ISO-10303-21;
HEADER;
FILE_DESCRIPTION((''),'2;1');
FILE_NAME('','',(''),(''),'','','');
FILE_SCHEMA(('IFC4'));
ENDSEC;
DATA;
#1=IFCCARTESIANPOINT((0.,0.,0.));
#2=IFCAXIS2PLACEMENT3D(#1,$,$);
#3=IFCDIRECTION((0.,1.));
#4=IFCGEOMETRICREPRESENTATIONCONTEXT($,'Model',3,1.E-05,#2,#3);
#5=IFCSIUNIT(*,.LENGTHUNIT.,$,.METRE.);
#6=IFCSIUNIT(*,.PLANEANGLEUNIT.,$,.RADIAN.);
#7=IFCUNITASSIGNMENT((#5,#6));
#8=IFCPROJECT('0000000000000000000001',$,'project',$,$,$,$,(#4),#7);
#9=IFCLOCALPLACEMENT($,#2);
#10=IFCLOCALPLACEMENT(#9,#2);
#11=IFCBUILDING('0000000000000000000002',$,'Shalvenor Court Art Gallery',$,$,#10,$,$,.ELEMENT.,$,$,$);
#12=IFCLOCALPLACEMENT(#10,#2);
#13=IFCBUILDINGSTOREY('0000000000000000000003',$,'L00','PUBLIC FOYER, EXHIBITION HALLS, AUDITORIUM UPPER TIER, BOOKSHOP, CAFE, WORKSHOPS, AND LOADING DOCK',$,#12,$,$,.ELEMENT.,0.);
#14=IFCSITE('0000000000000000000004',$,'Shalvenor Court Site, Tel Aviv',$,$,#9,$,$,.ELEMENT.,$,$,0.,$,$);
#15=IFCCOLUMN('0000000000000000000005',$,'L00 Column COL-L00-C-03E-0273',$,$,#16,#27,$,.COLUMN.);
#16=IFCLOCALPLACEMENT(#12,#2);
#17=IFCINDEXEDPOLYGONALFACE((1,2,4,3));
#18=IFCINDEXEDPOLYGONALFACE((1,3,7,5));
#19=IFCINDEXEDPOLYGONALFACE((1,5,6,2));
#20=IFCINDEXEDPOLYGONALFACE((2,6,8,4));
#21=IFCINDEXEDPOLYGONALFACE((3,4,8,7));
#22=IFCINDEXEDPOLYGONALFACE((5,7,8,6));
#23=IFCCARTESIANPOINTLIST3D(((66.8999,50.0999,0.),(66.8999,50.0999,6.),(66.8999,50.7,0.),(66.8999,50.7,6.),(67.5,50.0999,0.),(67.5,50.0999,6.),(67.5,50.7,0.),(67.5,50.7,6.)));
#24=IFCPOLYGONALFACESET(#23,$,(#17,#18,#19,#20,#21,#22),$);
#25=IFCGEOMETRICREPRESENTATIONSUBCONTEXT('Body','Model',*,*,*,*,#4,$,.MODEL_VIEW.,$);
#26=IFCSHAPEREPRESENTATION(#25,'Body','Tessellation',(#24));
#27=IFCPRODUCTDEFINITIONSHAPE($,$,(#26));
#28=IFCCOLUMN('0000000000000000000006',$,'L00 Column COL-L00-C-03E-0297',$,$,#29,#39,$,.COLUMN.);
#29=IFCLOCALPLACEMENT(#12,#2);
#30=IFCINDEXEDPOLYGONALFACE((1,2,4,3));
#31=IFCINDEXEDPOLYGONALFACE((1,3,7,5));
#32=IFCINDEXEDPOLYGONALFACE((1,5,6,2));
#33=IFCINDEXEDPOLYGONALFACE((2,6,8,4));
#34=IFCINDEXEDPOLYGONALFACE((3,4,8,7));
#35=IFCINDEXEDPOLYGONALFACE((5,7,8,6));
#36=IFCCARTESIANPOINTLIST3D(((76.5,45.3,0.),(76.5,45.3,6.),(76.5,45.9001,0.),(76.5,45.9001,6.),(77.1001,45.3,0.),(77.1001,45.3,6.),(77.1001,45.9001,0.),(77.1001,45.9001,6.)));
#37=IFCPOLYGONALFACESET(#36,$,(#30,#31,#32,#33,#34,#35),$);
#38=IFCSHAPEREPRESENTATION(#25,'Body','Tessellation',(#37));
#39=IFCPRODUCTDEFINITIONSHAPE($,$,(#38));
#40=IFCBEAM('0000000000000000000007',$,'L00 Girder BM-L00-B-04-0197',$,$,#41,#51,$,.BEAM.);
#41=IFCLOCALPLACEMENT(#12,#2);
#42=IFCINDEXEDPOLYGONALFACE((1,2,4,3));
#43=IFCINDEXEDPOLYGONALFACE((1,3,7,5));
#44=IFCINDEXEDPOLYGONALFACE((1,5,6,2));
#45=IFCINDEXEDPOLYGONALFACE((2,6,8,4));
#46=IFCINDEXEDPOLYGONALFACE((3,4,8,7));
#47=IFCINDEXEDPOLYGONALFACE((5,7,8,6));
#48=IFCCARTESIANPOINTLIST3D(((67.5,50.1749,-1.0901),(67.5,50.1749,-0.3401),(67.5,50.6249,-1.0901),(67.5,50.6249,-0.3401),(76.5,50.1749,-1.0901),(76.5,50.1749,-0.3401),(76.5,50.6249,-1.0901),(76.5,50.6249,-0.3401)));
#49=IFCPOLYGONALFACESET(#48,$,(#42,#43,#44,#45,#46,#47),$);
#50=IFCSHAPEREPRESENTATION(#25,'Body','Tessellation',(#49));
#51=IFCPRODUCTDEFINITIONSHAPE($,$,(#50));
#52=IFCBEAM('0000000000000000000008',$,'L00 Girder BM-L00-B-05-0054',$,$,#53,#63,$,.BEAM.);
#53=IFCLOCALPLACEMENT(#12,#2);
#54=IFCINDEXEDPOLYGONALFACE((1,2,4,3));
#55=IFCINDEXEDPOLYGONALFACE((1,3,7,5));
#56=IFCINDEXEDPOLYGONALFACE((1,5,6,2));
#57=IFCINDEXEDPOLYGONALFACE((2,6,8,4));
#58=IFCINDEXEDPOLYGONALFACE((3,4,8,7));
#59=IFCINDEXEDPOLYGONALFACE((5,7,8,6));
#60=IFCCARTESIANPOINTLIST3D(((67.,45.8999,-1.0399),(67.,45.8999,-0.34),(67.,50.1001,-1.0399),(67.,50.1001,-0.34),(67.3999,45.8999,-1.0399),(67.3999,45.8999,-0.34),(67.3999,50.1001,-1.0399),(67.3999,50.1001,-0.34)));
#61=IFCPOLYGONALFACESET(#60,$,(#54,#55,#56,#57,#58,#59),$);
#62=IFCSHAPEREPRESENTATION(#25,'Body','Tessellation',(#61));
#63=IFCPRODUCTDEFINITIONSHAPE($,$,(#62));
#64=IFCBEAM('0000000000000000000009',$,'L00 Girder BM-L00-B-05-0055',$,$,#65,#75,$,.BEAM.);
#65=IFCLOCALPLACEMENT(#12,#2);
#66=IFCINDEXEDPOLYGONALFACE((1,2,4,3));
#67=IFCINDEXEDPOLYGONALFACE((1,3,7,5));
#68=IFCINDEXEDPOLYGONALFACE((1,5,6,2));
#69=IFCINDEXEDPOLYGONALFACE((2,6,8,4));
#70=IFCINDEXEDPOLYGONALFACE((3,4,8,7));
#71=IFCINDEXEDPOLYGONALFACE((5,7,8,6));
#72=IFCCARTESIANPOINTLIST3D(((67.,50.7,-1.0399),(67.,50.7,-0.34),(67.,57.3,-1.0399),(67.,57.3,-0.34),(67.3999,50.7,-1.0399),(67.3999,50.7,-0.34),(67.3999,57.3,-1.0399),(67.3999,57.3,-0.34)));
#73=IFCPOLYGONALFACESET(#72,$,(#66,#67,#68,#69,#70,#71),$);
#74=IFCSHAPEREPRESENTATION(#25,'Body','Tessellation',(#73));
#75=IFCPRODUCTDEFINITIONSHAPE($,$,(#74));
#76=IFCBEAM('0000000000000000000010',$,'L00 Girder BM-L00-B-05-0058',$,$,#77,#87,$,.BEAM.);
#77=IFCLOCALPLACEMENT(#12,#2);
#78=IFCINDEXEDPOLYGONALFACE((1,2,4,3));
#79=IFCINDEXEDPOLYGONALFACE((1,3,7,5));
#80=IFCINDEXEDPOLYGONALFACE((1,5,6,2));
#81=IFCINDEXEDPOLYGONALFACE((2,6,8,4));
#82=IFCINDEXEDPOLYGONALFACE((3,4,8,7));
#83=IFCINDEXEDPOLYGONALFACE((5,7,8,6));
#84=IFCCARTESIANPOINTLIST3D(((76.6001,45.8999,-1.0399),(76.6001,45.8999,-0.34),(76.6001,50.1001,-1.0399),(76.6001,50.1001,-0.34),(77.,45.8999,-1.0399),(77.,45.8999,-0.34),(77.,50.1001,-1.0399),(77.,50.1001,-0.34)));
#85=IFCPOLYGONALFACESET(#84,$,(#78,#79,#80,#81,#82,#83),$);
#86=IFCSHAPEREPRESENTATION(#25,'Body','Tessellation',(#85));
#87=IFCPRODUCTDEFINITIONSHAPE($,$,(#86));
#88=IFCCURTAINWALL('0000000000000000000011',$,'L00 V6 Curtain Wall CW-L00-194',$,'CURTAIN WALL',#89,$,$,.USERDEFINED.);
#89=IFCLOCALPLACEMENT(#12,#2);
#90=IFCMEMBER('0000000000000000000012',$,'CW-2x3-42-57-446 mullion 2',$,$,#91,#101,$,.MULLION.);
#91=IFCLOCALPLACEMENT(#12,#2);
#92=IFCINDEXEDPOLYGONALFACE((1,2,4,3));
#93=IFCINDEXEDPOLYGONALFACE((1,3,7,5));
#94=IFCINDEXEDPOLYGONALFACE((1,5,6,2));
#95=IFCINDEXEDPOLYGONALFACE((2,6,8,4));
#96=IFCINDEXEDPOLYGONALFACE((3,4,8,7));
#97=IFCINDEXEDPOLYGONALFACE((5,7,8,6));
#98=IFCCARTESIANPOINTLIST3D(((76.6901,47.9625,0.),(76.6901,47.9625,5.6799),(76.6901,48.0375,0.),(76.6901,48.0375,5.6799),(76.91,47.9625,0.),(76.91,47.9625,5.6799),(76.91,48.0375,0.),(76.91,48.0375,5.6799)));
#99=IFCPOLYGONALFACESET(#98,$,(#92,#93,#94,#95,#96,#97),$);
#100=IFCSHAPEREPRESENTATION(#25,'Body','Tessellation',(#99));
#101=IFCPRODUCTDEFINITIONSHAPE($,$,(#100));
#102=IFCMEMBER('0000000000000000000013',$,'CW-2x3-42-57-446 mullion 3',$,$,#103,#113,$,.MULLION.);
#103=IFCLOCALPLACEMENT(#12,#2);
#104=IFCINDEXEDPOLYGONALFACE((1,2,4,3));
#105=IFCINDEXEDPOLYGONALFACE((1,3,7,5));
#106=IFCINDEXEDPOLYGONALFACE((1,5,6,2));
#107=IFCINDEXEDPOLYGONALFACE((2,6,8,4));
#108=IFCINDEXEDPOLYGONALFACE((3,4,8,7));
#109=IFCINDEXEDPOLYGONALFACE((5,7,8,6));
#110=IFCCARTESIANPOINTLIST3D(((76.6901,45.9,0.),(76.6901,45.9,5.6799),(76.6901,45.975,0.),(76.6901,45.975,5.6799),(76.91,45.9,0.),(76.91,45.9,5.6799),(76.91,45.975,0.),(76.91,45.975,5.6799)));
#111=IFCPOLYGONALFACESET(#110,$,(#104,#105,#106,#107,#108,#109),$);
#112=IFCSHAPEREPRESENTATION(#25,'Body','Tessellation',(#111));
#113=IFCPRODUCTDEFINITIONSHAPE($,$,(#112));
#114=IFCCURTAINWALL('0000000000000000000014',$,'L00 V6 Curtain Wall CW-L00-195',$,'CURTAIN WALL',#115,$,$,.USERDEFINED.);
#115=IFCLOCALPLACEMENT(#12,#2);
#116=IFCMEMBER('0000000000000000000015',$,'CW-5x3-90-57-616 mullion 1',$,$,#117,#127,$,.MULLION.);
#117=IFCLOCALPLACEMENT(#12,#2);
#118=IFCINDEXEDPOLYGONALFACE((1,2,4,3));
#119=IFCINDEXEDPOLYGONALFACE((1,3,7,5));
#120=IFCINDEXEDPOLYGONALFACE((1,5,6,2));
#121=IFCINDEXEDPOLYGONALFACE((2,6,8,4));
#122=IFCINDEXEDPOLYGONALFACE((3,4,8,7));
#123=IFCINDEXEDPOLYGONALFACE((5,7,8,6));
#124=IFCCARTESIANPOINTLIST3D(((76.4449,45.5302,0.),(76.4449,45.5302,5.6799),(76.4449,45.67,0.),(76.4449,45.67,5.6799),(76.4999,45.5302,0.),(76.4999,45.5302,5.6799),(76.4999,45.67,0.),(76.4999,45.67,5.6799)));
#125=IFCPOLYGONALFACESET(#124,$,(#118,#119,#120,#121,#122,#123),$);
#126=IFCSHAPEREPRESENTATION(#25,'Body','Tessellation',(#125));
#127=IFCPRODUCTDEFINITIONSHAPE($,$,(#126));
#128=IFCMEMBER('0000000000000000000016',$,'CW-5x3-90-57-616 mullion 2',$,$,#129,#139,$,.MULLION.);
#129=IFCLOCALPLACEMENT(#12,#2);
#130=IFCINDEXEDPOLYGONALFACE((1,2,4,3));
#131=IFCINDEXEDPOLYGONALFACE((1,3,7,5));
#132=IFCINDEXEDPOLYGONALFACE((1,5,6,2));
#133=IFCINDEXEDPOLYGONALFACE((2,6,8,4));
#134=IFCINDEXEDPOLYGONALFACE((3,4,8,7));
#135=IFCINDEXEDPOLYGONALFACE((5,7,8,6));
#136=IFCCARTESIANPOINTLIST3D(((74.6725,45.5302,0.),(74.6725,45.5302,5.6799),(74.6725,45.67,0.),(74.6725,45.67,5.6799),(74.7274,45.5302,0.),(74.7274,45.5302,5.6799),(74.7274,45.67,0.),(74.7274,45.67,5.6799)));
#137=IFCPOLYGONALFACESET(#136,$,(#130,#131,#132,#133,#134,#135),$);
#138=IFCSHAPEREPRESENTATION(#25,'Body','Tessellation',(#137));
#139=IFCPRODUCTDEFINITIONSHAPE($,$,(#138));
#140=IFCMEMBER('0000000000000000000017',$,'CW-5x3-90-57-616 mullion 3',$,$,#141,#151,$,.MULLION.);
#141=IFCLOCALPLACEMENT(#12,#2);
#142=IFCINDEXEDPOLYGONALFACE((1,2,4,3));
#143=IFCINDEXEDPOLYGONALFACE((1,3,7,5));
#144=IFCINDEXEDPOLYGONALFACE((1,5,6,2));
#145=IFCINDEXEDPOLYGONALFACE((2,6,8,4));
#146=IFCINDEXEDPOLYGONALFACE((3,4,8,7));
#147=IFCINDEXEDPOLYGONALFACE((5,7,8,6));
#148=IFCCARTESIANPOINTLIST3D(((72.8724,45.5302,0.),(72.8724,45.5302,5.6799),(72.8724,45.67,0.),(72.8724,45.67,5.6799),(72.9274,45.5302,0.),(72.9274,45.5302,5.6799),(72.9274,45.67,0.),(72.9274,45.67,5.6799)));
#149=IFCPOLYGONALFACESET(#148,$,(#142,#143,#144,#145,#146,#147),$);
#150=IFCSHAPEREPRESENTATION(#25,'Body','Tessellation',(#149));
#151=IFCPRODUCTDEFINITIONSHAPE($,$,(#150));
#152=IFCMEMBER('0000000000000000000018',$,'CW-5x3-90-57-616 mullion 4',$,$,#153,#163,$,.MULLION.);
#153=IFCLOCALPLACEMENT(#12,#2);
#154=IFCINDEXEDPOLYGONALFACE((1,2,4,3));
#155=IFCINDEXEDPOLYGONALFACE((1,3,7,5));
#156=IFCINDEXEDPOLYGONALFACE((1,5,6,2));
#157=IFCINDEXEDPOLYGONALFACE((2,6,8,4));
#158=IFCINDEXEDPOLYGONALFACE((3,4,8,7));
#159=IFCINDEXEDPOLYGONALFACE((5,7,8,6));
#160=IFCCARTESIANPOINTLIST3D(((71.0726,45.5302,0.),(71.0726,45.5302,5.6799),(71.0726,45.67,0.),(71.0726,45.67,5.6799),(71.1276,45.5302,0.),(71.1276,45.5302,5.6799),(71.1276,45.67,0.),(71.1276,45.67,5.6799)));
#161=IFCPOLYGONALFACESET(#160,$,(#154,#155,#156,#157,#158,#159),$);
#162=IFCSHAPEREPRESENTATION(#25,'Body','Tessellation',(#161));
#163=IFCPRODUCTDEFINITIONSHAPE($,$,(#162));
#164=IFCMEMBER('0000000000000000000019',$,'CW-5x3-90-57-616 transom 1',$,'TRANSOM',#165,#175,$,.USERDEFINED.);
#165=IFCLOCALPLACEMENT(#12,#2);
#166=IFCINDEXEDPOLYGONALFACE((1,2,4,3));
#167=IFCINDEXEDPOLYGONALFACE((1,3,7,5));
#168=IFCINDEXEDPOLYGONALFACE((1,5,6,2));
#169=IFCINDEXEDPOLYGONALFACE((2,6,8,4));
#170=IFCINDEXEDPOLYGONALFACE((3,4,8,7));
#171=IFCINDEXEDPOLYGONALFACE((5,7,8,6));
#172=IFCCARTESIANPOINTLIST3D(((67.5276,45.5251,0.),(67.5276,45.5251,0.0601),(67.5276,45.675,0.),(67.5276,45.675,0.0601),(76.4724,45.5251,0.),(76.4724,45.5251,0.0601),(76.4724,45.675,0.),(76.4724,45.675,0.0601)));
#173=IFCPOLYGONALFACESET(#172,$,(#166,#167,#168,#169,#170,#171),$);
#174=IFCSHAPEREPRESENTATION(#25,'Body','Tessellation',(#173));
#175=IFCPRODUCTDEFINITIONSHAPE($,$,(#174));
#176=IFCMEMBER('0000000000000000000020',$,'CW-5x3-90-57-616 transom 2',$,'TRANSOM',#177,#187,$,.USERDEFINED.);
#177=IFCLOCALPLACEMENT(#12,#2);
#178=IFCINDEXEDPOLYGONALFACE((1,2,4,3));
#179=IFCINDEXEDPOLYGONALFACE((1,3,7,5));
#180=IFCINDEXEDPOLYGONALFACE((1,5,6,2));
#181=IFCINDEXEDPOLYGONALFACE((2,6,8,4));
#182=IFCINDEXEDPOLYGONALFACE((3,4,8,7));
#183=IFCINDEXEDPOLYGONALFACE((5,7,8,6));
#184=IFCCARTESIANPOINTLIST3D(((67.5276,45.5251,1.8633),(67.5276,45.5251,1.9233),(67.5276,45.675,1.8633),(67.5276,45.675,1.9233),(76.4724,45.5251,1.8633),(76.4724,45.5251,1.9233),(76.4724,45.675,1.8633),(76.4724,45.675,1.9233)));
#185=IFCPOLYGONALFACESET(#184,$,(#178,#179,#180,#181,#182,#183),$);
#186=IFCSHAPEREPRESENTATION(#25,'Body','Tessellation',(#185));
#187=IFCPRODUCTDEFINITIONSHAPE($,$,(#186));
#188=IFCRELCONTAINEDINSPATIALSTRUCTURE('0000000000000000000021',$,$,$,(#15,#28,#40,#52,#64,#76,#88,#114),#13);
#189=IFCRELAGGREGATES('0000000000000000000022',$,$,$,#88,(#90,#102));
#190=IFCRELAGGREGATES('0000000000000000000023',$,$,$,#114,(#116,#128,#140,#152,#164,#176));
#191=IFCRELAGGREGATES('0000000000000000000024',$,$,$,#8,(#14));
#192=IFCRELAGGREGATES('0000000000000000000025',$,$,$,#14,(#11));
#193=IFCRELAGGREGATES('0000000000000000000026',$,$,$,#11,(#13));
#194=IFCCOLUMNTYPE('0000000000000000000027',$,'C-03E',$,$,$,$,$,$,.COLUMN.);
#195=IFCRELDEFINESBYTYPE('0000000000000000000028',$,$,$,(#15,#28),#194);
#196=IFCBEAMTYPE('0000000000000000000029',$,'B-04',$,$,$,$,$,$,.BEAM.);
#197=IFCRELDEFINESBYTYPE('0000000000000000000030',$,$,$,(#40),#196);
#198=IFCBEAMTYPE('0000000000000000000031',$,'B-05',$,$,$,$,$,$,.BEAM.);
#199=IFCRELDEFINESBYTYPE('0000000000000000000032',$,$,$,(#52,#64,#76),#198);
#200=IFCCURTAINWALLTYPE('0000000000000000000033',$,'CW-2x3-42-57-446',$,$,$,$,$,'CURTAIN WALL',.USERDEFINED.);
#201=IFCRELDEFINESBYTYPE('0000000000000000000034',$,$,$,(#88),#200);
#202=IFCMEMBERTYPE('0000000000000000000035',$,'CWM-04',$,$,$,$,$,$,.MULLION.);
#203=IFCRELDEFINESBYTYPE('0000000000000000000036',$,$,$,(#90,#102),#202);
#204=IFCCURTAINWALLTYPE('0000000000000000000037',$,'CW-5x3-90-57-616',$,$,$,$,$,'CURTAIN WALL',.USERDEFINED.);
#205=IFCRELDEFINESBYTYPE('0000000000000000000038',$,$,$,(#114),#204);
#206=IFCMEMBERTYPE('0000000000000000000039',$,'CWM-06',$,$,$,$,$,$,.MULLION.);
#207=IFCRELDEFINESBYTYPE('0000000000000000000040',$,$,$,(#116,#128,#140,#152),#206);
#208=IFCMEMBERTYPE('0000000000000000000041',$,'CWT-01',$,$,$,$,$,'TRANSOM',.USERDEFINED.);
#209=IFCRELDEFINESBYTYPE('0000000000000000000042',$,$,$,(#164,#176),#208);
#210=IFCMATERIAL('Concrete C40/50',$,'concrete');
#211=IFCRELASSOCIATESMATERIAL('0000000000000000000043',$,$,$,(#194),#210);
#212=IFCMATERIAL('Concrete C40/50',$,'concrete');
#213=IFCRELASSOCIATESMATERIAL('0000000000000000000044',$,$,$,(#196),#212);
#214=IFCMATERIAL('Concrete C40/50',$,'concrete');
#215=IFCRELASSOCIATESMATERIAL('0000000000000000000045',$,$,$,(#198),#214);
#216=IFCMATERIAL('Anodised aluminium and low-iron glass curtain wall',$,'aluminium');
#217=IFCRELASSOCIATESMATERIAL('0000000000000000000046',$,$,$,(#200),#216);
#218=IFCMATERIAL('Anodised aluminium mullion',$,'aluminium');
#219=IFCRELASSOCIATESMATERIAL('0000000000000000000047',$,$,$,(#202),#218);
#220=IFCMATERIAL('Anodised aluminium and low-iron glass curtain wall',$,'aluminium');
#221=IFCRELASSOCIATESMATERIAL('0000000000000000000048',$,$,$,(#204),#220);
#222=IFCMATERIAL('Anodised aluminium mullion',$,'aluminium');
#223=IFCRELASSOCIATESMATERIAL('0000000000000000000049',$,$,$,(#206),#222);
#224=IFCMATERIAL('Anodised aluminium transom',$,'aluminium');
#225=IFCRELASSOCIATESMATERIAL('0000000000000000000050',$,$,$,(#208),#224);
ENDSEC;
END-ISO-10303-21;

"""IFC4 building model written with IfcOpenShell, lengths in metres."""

from ifc_helpers import new_model, si_unit, direction, frame, origin, origin_2d, place, context, subcontext, project, spatial, rectangle, extrude, material, material_profile, profile_set, type_object, element, aggregate, save


model = new_model("IFC4")

# Units and contexts
model_context = context("Model", 3, precision=1e-05, world=origin(), true_north=direction((0.0, 1.0)))
body_context = subcontext(model_context, "Body", "Model", "MODEL_VIEW")
ifc_project = project(units=[si_unit("LENGTHUNIT", "METRE"), si_unit("PLANEANGLEUNIT", "RADIAN")], contexts=[model_context])

# Site, building, storey
site_placement = place(None, origin())
site = spatial("IfcSite", under=ifc_project, at=site_placement, Name="Shalvenor Court Site, Tel Aviv", CompositionType="ELEMENT", RefElevation=0.0)
building_placement = place(site_placement, origin())
building = spatial("IfcBuilding", under=site, at=building_placement, Name="Shalvenor Court Art Gallery", CompositionType="ELEMENT")
storey_placement = place(building_placement, origin())
storey = spatial("IfcBuildingStorey", under=building, at=storey_placement, Name="L00", Description="PUBLIC FOYER, EXHIBITION HALLS, AUDITORIUM UPPER TIER, BOOKSHOP, CAFE, WORKSHOPS, AND LOADING DOCK", CompositionType="ELEMENT", Elevation=0.0)

# Columns
ifc_material_1 = material(Name="Concrete C40/50", Category="concrete")
ifc_material_profile_1 = material_profile(ifc_material_1, rectangle(XDim=0.6001, YDim=0.6001, at=origin_2d()), Name="RC 600x600")
ifc_profile_set_1 = profile_set([ifc_material_profile_1], Name="Concrete C40/50")
column_type = type_object("IfcColumnType", Name="C-03E", PredefinedType="COLUMN", material=ifc_profile_set_1)
for number, where, z_axis, x_axis, name in (
    (1, (67.2, 50.3999, 0.0), (0.0, 0.0, 1.0), (1.0, 0.0, 0.0), "L00 Column COL-L00-C-03E-0273"),
    (2, (76.8, 45.6001, 0.0), (0.0, 0.0, 1.0), (1.0, 0.0, 0.0), "L00 Column COL-L00-C-03E-0297"),
):
    element("IfcColumn", number, at=place(storey_placement, frame(where, z_axis=z_axis, x_axis=x_axis)), inside=storey, type_object=column_type, Name=name, PredefinedType="COLUMN", context=body_context, shape_type="SweptSolid", body=[
        extrude(rectangle(XDim=0.6001, YDim=0.6001, at=origin_2d()), origin(), (0.0, 0.0, 1.0), 6.0),
    ])

# Beams
ifc_material_2 = material(Name="Concrete C40/50", Category="concrete")
ifc_material_profile_2 = material_profile(ifc_material_2, rectangle(XDim=0.45, YDim=0.75, at=origin_2d()), Name="RC 450x750")
ifc_profile_set_2 = profile_set([ifc_material_profile_2], Name="Concrete C40/50")
beam_type_1 = type_object("IfcBeamType", Name="B-04", PredefinedType="BEAM", material=ifc_profile_set_2)
beam_1_placement = place(storey_placement, frame((67.5, 50.3999, -0.7151), z_axis=(1.0, 0.0, 0.0), x_axis=(0.0, 1.0, 0.0)))
element("IfcBeam", 3, at=beam_1_placement, inside=storey, type_object=beam_type_1, Name="L00 Girder BM-L00-B-04-0197", PredefinedType="BEAM", context=body_context, shape_type="SweptSolid", body=[
    extrude(rectangle(XDim=0.45, YDim=0.75, at=origin_2d()), origin(), (0.0, 0.0, 1.0), 9.0),
])
ifc_material_3 = material(Name="Concrete C40/50", Category="concrete")
ifc_material_profile_3 = material_profile(ifc_material_3, rectangle(XDim=0.3999, YDim=0.7, at=origin_2d()), Name="RC 400x700")
ifc_profile_set_3 = profile_set([ifc_material_profile_3], Name="Concrete C40/50")
beam_type_2 = type_object("IfcBeamType", Name="B-05", PredefinedType="BEAM", material=ifc_profile_set_3)
beam_2_placement = place(storey_placement, frame((67.2, 45.8999, -0.6899), z_axis=(0.0, 1.0, 0.0), x_axis=(-1.0, 0.0, 0.0)))
element("IfcBeam", 4, at=beam_2_placement, inside=storey, type_object=beam_type_2, Name="L00 Girder BM-L00-B-05-0054", PredefinedType="BEAM", context=body_context, shape_type="SweptSolid", body=[
    extrude(rectangle(XDim=0.3999, YDim=0.7, at=origin_2d()), origin(), (0.0, 0.0, 1.0), 4.2002),
])
beam_3_placement = place(storey_placement, frame((67.2, 50.7, -0.6899), z_axis=(0.0, 1.0, 0.0), x_axis=(-1.0, 0.0, 0.0)))
element("IfcBeam", 5, at=beam_3_placement, inside=storey, type_object=beam_type_2, Name="L00 Girder BM-L00-B-05-0055", PredefinedType="BEAM", context=body_context, shape_type="SweptSolid", body=[
    extrude(rectangle(XDim=0.3999, YDim=0.7, at=origin_2d()), origin(), (0.0, 0.0, 1.0), 6.6001),
])
beam_4_placement = place(storey_placement, frame((76.8, 45.8999, -0.6899), z_axis=(0.0, 1.0, 0.0), x_axis=(-1.0, 0.0, 0.0)))
element("IfcBeam", 6, at=beam_4_placement, inside=storey, type_object=beam_type_2, Name="L00 Girder BM-L00-B-05-0058", PredefinedType="BEAM", context=body_context, shape_type="SweptSolid", body=[
    extrude(rectangle(XDim=0.3999, YDim=0.7, at=origin_2d()), origin(), (0.0, 0.0, 1.0), 4.2002),
])

# Curtain walls, members
ifc_material_4 = material(Name="Anodised aluminium and low-iron glass curtain wall", Category="aluminium")
curtain_wall_type_1 = type_object("IfcCurtainWallType", Name="CW-2x3-42-57-446", ElementType="CURTAIN WALL", PredefinedType="USERDEFINED", material=ifc_material_4)
curtain_wall_1_placement = place(storey_placement, origin())
curtain_wall_1 = element("IfcCurtainWall", 7, at=curtain_wall_1_placement, inside=storey, type_object=curtain_wall_type_1, Name="L00 V6 Curtain Wall CW-L00-194", ObjectType="CURTAIN WALL", PredefinedType="USERDEFINED")
ifc_material_5 = material(Name="Anodised aluminium mullion", Category="aluminium")
ifc_material_profile_4 = material_profile(ifc_material_5, rectangle(XDim=0.075, YDim=0.22, at=origin_2d()), Name="CWM-04")
ifc_profile_set_4 = profile_set([ifc_material_profile_4], Name="Anodised aluminium mullion")
member_type_1 = type_object("IfcMemberType", Name="CWM-04", PredefinedType="MULLION", material=ifc_profile_set_4)
member_1_placement = place(storey_placement, frame((76.8, 48.0, 0.0), z_axis=(0.0, 0.0, 1.0), x_axis=(0.0, -1.0, 0.0)))
member_1 = element("IfcMember", 8, at=member_1_placement, type_object=member_type_1, Name="CW-2x3-42-57-446 mullion 2", PredefinedType="MULLION", context=body_context, shape_type="SweptSolid", body=[
    extrude(rectangle(XDim=0.075, YDim=0.22, at=origin_2d()), origin(), (0.0, 0.0, 1.0), 5.6799),
])
member_2_placement = place(storey_placement, frame((76.8, 45.9375, 0.0), z_axis=(0.0, 0.0, 1.0), x_axis=(0.0, -1.0, 0.0)))
member_2 = element("IfcMember", 9, at=member_2_placement, type_object=member_type_1, Name="CW-2x3-42-57-446 mullion 3", PredefinedType="MULLION", context=body_context, shape_type="SweptSolid", body=[
    extrude(rectangle(XDim=0.075, YDim=0.22, at=origin_2d()), origin(), (0.0, 0.0, 1.0), 5.6799),
])
ifc_material_6 = material(Name="Anodised aluminium and low-iron glass curtain wall", Category="aluminium")
curtain_wall_type_2 = type_object("IfcCurtainWallType", Name="CW-5x3-90-57-616", ElementType="CURTAIN WALL", PredefinedType="USERDEFINED", material=ifc_material_6)
curtain_wall_2_placement = place(storey_placement, origin())
curtain_wall_2 = element("IfcCurtainWall", 10, at=curtain_wall_2_placement, inside=storey, type_object=curtain_wall_type_2, Name="L00 V6 Curtain Wall CW-L00-195", ObjectType="CURTAIN WALL", PredefinedType="USERDEFINED")
ifc_material_7 = material(Name="Anodised aluminium mullion", Category="aluminium")
ifc_material_profile_5 = material_profile(ifc_material_7, rectangle(XDim=0.0549, YDim=0.1399, at=origin_2d()), Name="CWM-06")
ifc_profile_set_5 = profile_set([ifc_material_profile_5], Name="Anodised aluminium mullion")
member_type_2 = type_object("IfcMemberType", Name="CWM-06", PredefinedType="MULLION", material=ifc_profile_set_5)
member_3_placement = place(storey_placement, frame((76.4724, 45.6001, 0.0), z_axis=(0.0, 0.0, 1.0), x_axis=(-1.0, 0.0, 0.0)))
member_3 = element("IfcMember", 11, at=member_3_placement, type_object=member_type_2, Name="CW-5x3-90-57-616 mullion 1", PredefinedType="MULLION", context=body_context, shape_type="SweptSolid", body=[
    extrude(rectangle(XDim=0.0549, YDim=0.1399, at=origin_2d()), origin(), (0.0, 0.0, 1.0), 5.6799),
])
member_4_placement = place(storey_placement, frame((74.7, 45.6001, 0.0), z_axis=(0.0, 0.0, 1.0), x_axis=(-1.0, 0.0, 0.0)))
member_4 = element("IfcMember", 12, at=member_4_placement, type_object=member_type_2, Name="CW-5x3-90-57-616 mullion 2", PredefinedType="MULLION", context=body_context, shape_type="SweptSolid", body=[
    extrude(rectangle(XDim=0.0549, YDim=0.1399, at=origin_2d()), origin(), (0.0, 0.0, 1.0), 5.6799),
])
member_5_placement = place(storey_placement, frame((72.8999, 45.6001, 0.0), z_axis=(0.0, 0.0, 1.0), x_axis=(-1.0, 0.0, 0.0)))
member_5 = element("IfcMember", 13, at=member_5_placement, type_object=member_type_2, Name="CW-5x3-90-57-616 mullion 3", PredefinedType="MULLION", context=body_context, shape_type="SweptSolid", body=[
    extrude(rectangle(XDim=0.0549, YDim=0.1399, at=origin_2d()), origin(), (0.0, 0.0, 1.0), 5.6799),
])
member_6_placement = place(storey_placement, frame((71.1001, 45.6001, 0.0), z_axis=(0.0, 0.0, 1.0), x_axis=(-1.0, 0.0, 0.0)))
member_6 = element("IfcMember", 14, at=member_6_placement, type_object=member_type_2, Name="CW-5x3-90-57-616 mullion 4", PredefinedType="MULLION", context=body_context, shape_type="SweptSolid", body=[
    extrude(rectangle(XDim=0.0549, YDim=0.1399, at=origin_2d()), origin(), (0.0, 0.0, 1.0), 5.6799),
])
ifc_material_8 = material(Name="Anodised aluminium transom", Category="aluminium")
ifc_material_profile_6 = material_profile(ifc_material_8, rectangle(XDim=0.1499, YDim=0.0601, at=origin_2d()), Name="CWT-01")
ifc_profile_set_6 = profile_set([ifc_material_profile_6], Name="Anodised aluminium transom")
member_type_3 = type_object("IfcMemberType", Name="CWT-01", ElementType="TRANSOM", PredefinedType="USERDEFINED", material=ifc_profile_set_6)
member_7_placement = place(storey_placement, frame((76.4724, 45.6001, 0.03), z_axis=(-1.0, 0.0, 0.0), x_axis=(0.0, -1.0, 0.0)))
member_7 = element("IfcMember", 15, at=member_7_placement, type_object=member_type_3, Name="CW-5x3-90-57-616 transom 1", ObjectType="TRANSOM", PredefinedType="USERDEFINED", context=body_context, shape_type="SweptSolid", body=[
    extrude(rectangle(XDim=0.1499, YDim=0.0601, at=origin_2d()), origin(), (0.0, 0.0, 1.0), 8.9448),
])
member_8_placement = place(storey_placement, frame((76.4724, 45.6001, 1.8933), z_axis=(-1.0, 0.0, 0.0), x_axis=(0.0, -1.0, 0.0)))
member_8 = element("IfcMember", 16, at=member_8_placement, type_object=member_type_3, Name="CW-5x3-90-57-616 transom 2", ObjectType="TRANSOM", PredefinedType="USERDEFINED", context=body_context, shape_type="SweptSolid", body=[
    extrude(rectangle(XDim=0.1499, YDim=0.0601, at=origin_2d()), origin(), (0.0, 0.0, 1.0), 8.9448),
])

aggregate(curtain_wall_1, [member_1, member_2])
aggregate(curtain_wall_2, [member_3, member_4, member_5, member_6, member_7, member_8])

save(model, "model.ifc")
